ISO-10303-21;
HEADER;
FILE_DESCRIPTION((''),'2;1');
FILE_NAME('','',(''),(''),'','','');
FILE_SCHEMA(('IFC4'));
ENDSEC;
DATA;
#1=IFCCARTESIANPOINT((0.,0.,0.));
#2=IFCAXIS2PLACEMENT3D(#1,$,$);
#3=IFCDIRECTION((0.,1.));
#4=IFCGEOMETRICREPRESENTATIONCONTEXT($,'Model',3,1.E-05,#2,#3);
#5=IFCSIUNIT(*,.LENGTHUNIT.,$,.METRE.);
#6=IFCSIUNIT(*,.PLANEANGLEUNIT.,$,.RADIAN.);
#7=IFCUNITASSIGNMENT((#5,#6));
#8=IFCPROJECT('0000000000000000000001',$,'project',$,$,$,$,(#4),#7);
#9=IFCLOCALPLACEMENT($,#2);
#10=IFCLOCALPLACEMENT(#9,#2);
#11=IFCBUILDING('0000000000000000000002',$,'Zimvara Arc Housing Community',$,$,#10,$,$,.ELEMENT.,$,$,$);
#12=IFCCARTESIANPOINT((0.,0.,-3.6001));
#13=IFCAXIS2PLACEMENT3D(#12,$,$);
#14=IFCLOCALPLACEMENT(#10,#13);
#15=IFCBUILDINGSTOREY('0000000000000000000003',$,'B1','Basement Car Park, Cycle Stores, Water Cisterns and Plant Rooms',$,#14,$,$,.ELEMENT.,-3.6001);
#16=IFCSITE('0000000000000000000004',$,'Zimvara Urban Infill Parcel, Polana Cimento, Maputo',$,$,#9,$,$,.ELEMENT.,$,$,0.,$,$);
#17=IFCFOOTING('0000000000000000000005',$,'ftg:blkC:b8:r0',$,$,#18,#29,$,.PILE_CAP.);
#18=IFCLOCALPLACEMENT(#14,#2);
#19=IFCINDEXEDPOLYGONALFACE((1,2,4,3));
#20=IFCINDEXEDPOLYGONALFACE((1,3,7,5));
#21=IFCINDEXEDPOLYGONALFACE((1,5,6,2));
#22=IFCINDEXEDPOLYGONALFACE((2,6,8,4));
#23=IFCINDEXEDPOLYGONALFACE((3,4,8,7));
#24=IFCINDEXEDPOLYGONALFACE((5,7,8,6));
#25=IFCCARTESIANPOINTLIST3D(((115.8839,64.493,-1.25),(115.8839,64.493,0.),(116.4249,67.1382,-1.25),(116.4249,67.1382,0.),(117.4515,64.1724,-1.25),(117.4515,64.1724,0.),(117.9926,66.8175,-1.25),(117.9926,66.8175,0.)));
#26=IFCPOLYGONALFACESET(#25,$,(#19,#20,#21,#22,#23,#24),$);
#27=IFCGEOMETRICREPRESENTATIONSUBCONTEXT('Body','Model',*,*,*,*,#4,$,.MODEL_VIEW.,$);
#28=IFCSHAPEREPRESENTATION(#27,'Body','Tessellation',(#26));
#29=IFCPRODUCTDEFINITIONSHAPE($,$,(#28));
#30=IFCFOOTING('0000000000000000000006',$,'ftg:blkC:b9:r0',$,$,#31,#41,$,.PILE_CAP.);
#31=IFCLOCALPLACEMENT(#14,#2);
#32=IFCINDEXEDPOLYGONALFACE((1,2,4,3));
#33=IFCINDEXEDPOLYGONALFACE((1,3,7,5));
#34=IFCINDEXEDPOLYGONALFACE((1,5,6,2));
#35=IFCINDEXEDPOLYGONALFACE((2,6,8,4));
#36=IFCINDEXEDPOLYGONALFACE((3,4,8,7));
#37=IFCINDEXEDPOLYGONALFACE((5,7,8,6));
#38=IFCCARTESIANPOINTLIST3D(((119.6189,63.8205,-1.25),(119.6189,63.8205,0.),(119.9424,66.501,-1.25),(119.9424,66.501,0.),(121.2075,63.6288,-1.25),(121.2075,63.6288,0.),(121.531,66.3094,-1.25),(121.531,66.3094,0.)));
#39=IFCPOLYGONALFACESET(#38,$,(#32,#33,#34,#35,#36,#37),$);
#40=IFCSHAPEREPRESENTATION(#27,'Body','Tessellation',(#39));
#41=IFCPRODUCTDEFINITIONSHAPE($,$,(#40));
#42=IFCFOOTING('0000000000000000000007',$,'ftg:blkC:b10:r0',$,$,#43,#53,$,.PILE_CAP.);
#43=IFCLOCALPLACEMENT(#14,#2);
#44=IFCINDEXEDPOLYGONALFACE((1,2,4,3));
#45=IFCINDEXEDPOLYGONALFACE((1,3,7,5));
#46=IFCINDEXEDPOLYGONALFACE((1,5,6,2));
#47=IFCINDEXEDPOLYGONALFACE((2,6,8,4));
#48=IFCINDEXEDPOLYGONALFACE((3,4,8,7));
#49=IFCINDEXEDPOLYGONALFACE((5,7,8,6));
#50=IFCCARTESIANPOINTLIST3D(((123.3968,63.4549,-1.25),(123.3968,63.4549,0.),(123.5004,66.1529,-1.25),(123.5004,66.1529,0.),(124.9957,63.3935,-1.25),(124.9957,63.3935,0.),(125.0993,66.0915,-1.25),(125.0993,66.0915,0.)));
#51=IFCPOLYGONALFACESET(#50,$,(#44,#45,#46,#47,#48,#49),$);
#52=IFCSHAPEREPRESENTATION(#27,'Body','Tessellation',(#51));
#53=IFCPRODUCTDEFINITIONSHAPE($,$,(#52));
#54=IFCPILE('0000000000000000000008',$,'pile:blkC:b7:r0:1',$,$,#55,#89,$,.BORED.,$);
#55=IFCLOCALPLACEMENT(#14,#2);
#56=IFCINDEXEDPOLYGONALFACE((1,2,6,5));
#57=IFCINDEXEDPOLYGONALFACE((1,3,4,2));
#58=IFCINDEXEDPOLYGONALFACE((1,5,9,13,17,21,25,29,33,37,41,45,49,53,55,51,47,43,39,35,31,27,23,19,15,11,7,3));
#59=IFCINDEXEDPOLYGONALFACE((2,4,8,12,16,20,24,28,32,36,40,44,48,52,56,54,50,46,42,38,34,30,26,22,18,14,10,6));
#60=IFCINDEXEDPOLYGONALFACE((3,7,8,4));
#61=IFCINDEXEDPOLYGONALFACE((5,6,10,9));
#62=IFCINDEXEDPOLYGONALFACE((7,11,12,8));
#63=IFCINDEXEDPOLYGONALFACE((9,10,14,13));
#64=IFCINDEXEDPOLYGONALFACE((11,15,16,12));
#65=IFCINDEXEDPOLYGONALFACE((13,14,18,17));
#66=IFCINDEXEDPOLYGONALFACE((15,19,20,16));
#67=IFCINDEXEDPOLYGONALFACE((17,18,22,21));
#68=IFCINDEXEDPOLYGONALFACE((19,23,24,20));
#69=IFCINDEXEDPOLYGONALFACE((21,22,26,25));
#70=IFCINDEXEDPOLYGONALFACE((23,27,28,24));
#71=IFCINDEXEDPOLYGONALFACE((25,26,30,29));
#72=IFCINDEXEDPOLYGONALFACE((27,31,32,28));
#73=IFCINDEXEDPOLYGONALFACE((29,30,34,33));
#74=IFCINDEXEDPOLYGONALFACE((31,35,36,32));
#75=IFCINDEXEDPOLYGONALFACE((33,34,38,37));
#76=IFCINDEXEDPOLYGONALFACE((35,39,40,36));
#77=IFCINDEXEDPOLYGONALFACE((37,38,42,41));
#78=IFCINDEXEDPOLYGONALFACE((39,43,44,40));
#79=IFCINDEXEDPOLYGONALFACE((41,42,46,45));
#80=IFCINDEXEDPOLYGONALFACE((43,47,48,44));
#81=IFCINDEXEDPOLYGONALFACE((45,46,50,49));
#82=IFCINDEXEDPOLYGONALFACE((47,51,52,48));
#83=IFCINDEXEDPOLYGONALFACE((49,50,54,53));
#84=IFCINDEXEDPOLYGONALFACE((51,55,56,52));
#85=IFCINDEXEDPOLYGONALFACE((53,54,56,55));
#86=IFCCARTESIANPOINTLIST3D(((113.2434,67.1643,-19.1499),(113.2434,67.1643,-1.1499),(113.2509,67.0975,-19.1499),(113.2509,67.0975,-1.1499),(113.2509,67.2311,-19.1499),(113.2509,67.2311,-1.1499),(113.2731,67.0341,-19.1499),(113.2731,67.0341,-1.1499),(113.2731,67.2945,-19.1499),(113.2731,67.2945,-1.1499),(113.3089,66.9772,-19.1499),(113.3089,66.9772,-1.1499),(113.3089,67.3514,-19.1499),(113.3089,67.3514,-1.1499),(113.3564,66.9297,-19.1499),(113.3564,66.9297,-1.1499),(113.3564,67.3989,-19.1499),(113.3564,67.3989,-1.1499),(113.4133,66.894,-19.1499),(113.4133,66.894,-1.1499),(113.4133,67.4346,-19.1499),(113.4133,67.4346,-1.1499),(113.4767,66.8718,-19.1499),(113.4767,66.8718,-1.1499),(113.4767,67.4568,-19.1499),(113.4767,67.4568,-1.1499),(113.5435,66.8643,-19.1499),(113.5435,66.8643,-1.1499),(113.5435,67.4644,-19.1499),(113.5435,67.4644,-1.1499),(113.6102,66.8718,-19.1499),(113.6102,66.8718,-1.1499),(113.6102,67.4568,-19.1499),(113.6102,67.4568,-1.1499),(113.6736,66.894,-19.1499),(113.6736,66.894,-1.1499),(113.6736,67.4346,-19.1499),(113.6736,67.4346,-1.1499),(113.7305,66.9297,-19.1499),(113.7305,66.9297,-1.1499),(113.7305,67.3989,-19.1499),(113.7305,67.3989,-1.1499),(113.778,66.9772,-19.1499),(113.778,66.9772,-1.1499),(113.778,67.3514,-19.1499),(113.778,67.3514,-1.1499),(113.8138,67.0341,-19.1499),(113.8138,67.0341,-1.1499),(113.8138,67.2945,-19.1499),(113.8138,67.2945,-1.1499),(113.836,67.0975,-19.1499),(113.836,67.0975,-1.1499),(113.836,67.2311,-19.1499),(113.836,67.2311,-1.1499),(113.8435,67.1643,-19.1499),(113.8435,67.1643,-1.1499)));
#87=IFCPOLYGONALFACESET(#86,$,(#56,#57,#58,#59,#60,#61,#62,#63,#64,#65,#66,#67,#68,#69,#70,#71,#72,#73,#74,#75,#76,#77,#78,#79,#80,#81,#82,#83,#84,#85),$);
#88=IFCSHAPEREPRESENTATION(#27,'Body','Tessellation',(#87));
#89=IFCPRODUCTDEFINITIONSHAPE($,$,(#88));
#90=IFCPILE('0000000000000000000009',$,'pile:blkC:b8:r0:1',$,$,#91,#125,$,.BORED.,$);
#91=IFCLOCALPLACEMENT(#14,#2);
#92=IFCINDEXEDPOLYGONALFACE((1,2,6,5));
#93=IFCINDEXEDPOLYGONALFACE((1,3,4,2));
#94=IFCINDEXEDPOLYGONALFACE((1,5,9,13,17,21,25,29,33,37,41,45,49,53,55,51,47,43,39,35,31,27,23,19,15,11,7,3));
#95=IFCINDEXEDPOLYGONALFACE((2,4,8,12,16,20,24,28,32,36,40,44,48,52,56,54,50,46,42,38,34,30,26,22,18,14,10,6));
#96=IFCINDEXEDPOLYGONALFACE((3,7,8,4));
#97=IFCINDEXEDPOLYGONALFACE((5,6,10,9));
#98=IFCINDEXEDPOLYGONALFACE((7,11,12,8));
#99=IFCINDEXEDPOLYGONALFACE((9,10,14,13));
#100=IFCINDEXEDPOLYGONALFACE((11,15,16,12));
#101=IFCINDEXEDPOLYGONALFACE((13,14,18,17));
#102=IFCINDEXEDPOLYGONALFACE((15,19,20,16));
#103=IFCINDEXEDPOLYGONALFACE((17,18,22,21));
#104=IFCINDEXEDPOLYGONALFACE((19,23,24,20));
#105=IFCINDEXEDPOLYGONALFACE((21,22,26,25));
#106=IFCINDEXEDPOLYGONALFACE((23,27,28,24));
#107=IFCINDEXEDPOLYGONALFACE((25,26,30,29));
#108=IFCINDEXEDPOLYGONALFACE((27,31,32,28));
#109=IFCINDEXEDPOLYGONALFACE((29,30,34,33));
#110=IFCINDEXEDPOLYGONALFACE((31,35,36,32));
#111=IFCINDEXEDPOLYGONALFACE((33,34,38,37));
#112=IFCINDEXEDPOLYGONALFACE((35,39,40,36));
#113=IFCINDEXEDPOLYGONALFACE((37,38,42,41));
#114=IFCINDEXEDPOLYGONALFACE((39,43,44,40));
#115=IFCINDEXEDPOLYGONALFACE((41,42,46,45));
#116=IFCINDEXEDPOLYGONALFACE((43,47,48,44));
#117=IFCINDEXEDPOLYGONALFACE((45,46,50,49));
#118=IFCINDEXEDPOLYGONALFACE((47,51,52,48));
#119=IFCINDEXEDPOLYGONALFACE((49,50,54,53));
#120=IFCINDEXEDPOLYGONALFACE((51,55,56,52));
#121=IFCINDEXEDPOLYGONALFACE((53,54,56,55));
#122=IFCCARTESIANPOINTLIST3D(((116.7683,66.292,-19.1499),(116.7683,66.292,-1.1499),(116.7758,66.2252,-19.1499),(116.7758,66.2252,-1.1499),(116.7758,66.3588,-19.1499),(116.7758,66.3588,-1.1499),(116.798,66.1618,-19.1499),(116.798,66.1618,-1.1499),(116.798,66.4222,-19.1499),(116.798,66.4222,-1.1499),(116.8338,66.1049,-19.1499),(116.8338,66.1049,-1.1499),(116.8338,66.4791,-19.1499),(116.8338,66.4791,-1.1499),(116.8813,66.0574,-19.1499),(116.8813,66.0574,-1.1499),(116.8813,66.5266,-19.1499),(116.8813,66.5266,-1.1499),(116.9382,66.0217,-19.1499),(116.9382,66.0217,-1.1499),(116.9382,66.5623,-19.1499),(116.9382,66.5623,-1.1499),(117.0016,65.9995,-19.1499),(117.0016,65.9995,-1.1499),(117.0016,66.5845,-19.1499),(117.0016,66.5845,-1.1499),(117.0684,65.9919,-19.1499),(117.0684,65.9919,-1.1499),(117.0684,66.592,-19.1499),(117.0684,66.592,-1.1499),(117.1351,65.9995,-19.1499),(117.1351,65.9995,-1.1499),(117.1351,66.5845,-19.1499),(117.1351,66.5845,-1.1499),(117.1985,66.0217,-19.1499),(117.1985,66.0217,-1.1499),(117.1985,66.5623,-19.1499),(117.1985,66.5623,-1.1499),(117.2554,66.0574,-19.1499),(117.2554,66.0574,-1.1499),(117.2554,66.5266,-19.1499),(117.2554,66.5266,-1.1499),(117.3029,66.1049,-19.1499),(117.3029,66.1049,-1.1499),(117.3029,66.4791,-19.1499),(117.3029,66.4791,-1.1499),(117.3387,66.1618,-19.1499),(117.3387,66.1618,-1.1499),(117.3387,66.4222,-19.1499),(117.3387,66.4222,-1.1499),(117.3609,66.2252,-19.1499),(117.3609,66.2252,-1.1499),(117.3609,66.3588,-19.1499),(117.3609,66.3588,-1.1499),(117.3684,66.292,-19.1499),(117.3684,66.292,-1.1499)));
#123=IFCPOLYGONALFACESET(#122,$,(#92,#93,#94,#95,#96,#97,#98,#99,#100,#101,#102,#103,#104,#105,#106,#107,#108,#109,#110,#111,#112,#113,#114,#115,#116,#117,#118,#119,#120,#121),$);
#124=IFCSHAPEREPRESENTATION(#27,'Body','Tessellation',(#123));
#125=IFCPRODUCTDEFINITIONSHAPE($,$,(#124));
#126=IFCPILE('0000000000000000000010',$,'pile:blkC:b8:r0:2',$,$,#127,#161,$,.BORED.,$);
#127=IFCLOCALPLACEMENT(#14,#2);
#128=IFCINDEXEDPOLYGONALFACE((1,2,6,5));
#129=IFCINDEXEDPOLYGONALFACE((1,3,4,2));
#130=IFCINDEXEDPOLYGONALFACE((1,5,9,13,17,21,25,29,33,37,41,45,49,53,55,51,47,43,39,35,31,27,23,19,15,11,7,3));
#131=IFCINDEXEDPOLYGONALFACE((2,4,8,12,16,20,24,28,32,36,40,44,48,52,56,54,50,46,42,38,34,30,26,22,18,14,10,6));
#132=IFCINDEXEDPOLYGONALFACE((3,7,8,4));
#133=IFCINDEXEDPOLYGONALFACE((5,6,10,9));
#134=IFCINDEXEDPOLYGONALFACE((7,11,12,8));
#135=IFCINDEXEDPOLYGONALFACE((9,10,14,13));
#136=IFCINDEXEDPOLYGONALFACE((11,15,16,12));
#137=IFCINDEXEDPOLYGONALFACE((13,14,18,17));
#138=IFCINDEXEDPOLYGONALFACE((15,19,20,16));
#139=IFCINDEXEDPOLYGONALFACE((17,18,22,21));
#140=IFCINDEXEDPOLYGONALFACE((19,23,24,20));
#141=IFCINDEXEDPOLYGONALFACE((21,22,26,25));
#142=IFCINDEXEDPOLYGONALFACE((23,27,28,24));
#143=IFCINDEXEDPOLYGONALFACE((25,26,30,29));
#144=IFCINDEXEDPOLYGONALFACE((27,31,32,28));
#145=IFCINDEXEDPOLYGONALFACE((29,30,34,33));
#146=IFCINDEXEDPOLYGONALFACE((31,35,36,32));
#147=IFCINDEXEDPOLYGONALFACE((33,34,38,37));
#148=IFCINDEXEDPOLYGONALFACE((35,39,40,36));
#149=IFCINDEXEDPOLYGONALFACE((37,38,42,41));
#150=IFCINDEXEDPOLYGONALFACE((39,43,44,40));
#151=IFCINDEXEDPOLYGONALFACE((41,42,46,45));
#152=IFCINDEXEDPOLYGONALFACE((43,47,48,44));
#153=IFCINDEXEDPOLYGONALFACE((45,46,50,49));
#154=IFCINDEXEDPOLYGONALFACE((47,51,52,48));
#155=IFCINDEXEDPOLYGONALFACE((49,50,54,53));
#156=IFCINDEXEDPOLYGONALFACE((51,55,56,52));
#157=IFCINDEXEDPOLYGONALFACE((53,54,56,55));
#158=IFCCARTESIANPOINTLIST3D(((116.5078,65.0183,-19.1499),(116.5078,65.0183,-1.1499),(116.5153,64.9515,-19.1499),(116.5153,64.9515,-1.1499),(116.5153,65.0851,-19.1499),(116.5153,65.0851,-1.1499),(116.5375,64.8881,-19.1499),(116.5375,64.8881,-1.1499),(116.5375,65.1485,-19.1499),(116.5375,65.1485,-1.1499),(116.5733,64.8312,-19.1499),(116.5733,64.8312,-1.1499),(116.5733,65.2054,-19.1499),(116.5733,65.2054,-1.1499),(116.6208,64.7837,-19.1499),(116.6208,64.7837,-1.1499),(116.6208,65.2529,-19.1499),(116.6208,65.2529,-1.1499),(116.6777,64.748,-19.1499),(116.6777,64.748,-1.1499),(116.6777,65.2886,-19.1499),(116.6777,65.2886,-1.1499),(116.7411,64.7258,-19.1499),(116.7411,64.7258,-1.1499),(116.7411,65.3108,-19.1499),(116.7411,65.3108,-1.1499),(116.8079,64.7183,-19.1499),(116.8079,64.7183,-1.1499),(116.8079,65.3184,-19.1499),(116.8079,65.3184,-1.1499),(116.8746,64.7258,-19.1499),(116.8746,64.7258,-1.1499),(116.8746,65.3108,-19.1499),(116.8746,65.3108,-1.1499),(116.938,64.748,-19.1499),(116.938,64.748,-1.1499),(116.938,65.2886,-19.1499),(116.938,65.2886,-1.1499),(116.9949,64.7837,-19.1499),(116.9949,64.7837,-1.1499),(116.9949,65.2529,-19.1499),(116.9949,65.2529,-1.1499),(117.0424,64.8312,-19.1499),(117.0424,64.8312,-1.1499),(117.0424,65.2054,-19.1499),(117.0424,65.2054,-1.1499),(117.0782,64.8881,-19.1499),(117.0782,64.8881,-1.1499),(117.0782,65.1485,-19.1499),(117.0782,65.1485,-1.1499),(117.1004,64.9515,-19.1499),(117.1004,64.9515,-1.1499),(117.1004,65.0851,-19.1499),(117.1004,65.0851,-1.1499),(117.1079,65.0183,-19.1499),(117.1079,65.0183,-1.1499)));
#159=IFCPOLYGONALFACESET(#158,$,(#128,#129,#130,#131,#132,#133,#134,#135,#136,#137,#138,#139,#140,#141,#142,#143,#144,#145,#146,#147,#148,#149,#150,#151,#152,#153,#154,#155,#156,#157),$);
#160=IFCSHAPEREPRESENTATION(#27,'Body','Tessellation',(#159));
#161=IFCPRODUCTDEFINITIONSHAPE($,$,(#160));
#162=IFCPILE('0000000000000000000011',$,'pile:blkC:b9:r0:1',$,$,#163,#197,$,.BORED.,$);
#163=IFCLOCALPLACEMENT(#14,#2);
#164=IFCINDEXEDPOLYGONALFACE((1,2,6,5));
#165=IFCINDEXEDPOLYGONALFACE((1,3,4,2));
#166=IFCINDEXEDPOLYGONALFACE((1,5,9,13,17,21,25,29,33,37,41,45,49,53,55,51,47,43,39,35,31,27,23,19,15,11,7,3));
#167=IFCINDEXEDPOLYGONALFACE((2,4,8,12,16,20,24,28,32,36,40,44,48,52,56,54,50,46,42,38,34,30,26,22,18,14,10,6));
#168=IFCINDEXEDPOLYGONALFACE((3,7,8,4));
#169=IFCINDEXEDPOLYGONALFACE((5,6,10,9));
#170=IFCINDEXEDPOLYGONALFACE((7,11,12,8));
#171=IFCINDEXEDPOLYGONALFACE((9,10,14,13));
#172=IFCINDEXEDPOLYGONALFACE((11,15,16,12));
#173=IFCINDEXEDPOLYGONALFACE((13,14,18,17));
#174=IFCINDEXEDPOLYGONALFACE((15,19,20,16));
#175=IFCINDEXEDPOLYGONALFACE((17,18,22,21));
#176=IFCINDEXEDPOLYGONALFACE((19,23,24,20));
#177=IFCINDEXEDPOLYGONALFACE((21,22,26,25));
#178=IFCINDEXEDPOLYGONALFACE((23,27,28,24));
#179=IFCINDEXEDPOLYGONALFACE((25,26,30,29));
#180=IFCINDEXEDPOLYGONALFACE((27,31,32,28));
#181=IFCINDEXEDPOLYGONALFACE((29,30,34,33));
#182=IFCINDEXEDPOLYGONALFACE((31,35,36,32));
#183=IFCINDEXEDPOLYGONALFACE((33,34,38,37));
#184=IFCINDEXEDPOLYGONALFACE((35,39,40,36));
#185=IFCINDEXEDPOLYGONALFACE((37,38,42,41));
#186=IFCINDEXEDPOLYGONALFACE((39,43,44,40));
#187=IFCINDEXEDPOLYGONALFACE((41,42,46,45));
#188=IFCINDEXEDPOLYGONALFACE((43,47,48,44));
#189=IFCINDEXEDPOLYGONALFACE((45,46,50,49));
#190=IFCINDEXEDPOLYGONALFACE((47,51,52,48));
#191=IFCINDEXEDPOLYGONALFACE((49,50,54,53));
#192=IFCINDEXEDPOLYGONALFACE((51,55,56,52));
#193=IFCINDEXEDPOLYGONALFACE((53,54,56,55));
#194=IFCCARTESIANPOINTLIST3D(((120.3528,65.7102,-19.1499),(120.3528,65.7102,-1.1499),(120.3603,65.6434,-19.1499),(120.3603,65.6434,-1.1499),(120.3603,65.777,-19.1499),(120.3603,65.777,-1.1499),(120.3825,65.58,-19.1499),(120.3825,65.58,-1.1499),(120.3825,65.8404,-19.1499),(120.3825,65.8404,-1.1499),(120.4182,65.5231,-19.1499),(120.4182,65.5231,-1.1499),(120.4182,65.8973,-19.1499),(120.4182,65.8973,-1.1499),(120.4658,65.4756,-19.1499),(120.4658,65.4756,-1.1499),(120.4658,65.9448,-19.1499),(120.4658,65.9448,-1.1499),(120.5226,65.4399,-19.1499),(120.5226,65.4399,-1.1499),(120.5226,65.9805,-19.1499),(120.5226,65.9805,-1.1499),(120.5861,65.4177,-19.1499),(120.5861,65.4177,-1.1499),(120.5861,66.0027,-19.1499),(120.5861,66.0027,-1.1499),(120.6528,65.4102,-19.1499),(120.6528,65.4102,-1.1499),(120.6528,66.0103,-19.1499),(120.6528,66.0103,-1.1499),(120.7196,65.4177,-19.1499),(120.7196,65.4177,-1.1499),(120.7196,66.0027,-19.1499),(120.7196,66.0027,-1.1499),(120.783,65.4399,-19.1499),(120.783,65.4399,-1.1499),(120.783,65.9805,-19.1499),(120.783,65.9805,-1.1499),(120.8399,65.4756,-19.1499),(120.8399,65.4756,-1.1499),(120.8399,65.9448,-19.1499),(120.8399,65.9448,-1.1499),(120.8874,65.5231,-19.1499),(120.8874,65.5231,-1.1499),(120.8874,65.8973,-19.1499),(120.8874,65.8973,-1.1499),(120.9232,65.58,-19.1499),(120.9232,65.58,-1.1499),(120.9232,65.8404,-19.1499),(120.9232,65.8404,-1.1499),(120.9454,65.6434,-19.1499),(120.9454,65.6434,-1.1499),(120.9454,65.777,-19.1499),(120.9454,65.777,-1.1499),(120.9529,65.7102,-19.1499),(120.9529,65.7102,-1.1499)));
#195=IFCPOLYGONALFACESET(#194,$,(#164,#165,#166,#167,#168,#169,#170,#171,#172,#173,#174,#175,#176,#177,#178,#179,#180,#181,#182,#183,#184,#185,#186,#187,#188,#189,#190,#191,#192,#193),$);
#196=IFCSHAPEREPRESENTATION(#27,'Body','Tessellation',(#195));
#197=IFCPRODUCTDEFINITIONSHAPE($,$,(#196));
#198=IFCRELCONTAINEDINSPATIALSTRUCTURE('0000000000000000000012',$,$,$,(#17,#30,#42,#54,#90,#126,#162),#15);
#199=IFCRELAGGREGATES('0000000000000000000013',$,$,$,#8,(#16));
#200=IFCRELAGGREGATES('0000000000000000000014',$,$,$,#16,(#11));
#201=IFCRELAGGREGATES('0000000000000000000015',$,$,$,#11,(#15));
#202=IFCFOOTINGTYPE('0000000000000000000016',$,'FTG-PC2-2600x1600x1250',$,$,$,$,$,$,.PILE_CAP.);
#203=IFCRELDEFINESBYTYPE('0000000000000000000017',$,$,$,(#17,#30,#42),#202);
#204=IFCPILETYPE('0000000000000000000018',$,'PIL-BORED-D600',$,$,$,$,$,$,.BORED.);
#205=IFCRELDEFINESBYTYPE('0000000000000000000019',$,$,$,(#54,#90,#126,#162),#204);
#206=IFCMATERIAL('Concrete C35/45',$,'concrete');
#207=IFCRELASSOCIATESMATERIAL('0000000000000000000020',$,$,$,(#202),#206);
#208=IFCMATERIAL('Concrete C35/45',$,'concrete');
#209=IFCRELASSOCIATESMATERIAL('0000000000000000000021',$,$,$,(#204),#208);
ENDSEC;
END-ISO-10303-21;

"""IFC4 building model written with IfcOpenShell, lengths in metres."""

from ifc_helpers import new_model, si_unit, direction, frame, origin, origin_2d, place, context, subcontext, project, spatial, rectangle, circle, extrude, material, material_profile, profile_set, type_object, element, save


model = new_model("IFC4")

# Units and contexts
model_context = context("Model", 3, precision=1e-05, world=origin(), true_north=direction((0.0, 1.0)))
body_context = subcontext(model_context, "Body", "Model", "MODEL_VIEW")
ifc_project = project(units=[si_unit("LENGTHUNIT", "METRE"), si_unit("PLANEANGLEUNIT", "RADIAN")], contexts=[model_context])

# Site, building, storey
site_placement = place(None, origin())
site = spatial("IfcSite", under=ifc_project, at=site_placement, Name="Zimvara Urban Infill Parcel, Polana Cimento, Maputo", CompositionType="ELEMENT", RefElevation=0.0)
building_placement = place(site_placement, origin())
building = spatial("IfcBuilding", under=site, at=building_placement, Name="Zimvara Arc Housing Community", CompositionType="ELEMENT")
storey_placement = place(building_placement, frame((0.0, 0.0, -3.6001)))
storey = spatial("IfcBuildingStorey", under=building, at=storey_placement, Name="B1", Description="Basement Car Park, Cycle Stores, Water Cisterns and Plant Rooms", CompositionType="ELEMENT", Elevation=-3.6001)

# Footings
ifc_material_1 = material(Name="Concrete C35/45", Category="concrete")
footing_type = type_object("IfcFootingType", Name="FTG-PC2-2600x1600x1250", PredefinedType="PILE_CAP", material=ifc_material_1)
for number, where, z_axis, x_axis, name in (
    (1, (116.9382, 65.6553, -1.25), (0.0, 0.0, 1.0), (-0.200394, -0.979715, 0.0), "ftg:blkC:b8:r0"),
    (2, (120.575, 65.0649, -1.25), (0.0, 0.0, 1.0), (-0.11979, -0.992799, 0.0), "ftg:blkC:b9:r0"),
    (3, (124.248, 64.7732, -1.25), (0.0, 0.0, 1.0), (-0.038388, -0.999263, 0.0), "ftg:blkC:b10:r0"),
):
    element("IfcFooting", number, at=place(storey_placement, frame(where, z_axis=z_axis, x_axis=x_axis)), inside=storey, type_object=footing_type, Name=name, PredefinedType="PILE_CAP", context=body_context, shape_type="SweptSolid", body=[
        extrude(rectangle(XDim=2.7, YDim=1.6001, at=origin_2d()), origin(), (0.0, 0.0, 1.0), 1.25),
    ])

# Piles
ifc_material_2 = material(Name="Concrete C35/45", Category="concrete")
ifc_material_profile_1 = material_profile(ifc_material_2, circle(Radius=0.3, at=origin_2d()), Name="PILE D600")
ifc_profile_set_1 = profile_set([ifc_material_profile_1], Name="Concrete C35/45")
pile_type = type_object("IfcPileType", Name="PIL-BORED-D600", PredefinedType="BORED", material=ifc_profile_set_1)
for number, where, z_axis, x_axis, name in (
    (4, (113.5435, 67.1643, -1.1499), (0.0, 0.0, -1.0), (1.0, 0.0, 0.0), "pile:blkC:b7:r0:1"),
    (5, (117.0684, 66.292, -1.1499), (0.0, 0.0, -1.0), (1.0, 0.0, 0.0), "pile:blkC:b8:r0:1"),
    (6, (116.8079, 65.0183, -1.1499), (0.0, 0.0, -1.0), (1.0, 0.0, 0.0), "pile:blkC:b8:r0:2"),
    (7, (120.6528, 65.7102, -1.1499), (0.0, 0.0, -1.0), (1.0, 0.0, 0.0), "pile:blkC:b9:r0:1"),
):
    element("IfcPile", number, at=place(storey_placement, frame(where, z_axis=z_axis, x_axis=x_axis)), inside=storey, type_object=pile_type, Name=name, PredefinedType="BORED", context=body_context, shape_type="SweptSolid", body=[
        extrude(circle(Radius=0.3, at=origin_2d()), origin(), (0.0, 0.0, 1.0), 18.0),
    ])

save(model, "model.ifc")
